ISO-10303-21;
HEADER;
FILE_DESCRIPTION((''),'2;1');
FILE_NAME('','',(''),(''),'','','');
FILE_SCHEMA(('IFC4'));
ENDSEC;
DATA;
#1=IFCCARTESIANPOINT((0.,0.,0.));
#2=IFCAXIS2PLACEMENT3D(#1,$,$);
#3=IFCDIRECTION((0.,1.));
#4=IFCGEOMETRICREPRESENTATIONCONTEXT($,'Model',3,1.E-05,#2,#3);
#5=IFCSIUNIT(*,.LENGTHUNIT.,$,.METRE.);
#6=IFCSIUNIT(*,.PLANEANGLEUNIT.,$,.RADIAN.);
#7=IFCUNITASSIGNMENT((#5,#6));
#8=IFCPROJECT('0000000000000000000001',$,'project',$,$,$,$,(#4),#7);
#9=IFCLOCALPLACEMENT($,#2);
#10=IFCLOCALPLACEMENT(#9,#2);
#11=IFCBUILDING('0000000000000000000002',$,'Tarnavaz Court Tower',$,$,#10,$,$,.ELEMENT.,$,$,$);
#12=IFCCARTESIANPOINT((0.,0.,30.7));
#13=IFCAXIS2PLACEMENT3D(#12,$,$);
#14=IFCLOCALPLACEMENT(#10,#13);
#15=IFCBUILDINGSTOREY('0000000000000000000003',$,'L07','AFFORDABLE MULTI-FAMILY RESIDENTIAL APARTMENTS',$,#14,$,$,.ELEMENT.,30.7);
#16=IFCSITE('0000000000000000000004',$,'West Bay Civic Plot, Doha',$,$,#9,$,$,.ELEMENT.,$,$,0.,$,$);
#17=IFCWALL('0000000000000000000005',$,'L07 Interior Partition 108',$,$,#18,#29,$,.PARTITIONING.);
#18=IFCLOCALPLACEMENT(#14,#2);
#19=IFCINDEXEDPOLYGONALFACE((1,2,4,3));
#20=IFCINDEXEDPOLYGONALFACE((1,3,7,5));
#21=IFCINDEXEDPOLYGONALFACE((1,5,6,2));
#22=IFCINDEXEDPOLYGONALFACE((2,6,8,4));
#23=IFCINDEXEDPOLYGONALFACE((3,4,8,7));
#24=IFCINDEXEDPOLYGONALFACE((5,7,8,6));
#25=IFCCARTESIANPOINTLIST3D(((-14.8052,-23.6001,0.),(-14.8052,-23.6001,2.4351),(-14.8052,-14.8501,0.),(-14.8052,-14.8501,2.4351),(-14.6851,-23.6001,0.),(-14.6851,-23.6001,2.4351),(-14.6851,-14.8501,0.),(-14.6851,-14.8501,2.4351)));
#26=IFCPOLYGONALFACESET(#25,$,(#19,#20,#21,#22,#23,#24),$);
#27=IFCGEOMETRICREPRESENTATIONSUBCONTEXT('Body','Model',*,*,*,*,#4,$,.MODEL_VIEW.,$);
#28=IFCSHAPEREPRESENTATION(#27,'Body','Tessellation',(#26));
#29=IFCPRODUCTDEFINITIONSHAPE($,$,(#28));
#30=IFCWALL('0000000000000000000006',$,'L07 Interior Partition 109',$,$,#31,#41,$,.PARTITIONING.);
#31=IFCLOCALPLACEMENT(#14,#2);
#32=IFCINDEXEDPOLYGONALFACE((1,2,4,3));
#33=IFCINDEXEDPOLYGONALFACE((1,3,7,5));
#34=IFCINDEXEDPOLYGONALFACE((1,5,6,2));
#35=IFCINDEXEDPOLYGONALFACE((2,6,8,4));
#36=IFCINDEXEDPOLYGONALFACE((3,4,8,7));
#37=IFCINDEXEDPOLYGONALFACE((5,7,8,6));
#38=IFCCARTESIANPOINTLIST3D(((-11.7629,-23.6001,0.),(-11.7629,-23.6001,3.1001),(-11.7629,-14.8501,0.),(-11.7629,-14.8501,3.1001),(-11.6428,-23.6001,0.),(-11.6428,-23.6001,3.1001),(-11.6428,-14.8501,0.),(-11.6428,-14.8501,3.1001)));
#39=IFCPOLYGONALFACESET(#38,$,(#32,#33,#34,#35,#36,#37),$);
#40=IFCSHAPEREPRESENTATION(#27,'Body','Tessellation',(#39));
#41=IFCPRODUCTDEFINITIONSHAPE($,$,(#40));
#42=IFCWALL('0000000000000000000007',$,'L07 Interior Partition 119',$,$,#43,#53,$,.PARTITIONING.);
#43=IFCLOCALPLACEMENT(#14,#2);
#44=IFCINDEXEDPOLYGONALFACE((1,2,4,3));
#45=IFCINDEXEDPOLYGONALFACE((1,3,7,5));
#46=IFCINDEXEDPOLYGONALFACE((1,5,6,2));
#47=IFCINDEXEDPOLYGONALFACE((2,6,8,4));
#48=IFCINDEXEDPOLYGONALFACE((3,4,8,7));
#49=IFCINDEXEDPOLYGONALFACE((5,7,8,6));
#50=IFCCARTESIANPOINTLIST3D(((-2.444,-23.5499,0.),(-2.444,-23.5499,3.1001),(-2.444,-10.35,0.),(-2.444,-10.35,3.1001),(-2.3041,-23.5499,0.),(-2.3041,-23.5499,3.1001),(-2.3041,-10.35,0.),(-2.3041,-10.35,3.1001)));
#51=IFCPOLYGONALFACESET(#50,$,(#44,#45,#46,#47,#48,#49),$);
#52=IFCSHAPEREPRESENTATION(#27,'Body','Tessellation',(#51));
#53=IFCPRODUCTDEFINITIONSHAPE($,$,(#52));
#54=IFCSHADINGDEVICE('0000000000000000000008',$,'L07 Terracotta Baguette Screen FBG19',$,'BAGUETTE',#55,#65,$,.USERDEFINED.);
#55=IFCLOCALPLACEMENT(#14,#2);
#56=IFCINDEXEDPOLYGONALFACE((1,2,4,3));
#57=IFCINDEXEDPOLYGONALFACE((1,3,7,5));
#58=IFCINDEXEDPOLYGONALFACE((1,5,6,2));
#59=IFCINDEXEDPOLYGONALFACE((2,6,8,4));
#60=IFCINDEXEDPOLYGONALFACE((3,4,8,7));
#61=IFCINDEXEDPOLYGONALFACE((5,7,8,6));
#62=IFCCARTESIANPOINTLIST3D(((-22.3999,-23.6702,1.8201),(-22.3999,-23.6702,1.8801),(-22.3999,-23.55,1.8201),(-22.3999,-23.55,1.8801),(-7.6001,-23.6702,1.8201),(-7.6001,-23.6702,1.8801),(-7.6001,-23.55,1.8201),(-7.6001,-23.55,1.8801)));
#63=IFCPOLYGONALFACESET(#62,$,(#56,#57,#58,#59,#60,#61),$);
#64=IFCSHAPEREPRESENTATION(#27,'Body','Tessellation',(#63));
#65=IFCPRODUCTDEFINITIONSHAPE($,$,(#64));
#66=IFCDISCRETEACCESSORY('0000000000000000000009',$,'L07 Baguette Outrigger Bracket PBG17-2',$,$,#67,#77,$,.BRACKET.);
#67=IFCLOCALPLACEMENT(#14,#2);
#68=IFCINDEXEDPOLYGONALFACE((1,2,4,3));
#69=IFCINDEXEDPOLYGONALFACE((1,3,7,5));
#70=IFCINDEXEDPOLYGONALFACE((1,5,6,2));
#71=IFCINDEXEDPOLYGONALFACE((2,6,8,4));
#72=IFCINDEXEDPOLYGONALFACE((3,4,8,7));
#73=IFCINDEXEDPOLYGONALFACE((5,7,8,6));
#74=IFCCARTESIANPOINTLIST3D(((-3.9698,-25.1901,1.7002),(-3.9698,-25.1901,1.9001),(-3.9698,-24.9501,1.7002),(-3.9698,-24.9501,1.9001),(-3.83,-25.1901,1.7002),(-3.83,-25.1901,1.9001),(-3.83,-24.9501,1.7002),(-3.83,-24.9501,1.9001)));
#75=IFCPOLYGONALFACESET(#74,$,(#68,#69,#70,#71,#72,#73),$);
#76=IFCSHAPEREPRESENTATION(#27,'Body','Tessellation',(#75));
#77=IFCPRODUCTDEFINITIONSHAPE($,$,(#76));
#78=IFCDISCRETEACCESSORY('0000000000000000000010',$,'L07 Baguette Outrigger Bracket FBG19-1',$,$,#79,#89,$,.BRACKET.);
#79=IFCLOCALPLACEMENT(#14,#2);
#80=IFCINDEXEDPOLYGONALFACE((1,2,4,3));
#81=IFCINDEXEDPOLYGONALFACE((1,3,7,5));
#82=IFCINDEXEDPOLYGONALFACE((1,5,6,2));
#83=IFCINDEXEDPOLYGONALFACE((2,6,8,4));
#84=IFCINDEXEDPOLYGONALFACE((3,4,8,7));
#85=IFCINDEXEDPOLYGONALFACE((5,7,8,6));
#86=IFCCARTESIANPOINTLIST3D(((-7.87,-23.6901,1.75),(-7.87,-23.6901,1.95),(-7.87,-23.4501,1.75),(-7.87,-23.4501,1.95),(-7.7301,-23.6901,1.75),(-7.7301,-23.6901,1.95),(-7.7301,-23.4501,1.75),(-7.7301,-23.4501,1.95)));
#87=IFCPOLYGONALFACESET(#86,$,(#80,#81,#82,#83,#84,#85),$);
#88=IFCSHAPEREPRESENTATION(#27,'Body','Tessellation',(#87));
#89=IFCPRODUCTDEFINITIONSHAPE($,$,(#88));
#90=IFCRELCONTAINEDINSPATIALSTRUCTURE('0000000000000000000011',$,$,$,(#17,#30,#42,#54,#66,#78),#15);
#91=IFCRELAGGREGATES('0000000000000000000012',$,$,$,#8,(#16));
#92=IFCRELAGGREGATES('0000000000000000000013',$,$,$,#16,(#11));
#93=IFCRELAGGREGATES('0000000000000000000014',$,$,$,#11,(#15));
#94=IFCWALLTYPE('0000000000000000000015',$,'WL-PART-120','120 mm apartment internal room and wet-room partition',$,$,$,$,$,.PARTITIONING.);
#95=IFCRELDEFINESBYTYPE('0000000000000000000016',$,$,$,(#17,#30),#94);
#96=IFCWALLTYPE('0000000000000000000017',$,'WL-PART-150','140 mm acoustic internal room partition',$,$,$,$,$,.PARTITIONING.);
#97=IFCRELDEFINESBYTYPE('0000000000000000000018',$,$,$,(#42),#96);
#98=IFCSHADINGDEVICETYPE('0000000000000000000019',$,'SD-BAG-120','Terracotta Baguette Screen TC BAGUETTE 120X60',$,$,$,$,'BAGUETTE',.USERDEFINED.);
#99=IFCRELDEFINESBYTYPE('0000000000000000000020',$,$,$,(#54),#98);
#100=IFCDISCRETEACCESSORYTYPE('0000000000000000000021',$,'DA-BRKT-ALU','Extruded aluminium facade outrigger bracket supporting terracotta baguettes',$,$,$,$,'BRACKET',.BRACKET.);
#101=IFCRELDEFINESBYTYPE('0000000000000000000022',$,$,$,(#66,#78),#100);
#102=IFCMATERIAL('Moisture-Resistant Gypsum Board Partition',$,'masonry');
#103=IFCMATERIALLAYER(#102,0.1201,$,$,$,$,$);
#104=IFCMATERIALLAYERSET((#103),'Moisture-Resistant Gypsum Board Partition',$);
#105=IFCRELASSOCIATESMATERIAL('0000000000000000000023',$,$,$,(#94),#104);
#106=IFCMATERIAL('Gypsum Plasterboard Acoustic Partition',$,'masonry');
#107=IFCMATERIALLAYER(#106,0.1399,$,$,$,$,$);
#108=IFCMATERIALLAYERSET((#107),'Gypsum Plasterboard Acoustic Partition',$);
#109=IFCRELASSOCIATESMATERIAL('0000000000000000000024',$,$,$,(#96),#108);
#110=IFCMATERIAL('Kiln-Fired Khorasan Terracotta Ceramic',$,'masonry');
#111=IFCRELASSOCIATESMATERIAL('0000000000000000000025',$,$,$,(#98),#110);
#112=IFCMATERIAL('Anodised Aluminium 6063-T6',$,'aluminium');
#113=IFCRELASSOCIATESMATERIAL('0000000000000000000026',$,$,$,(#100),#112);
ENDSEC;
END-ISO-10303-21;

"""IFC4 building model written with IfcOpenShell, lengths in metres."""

from ifc_helpers import new_model, si_unit, direction, frame, frame_2d, origin, origin_2d, place, context, subcontext, project, spatial, rectangle, extrude, material, layer, layer_set, material_profile, profile_set, type_object, element, save


model = new_model("IFC4")

# Units and contexts
model_context = context("Model", 3, precision=1e-05, world=origin(), true_north=direction((0.0, 1.0)))
body_context = subcontext(model_context, "Body", "Model", "MODEL_VIEW")
ifc_project = project(units=[si_unit("LENGTHUNIT", "METRE"), si_unit("PLANEANGLEUNIT", "RADIAN")], contexts=[model_context])

# Site, building, storey
site_placement = place(None, origin())
site = spatial("IfcSite", under=ifc_project, at=site_placement, Name="West Bay Civic Plot, Doha", CompositionType="ELEMENT", RefElevation=0.0)
building_placement = place(site_placement, origin())
building = spatial("IfcBuilding", under=site, at=building_placement, Name="Tarnavaz Court Tower", CompositionType="ELEMENT")
storey_placement = place(building_placement, frame((0.0, 0.0, 30.7)))
storey = spatial("IfcBuildingStorey", under=building, at=storey_placement, Name="L07", Description="AFFORDABLE MULTI-FAMILY RESIDENTIAL APARTMENTS", CompositionType="ELEMENT", Elevation=30.7)

# Shared definitions
ifc_material_1 = material(Name="Anodised Aluminium 6063-T6", Category="aluminium")

# Walls
ifc_material_2 = material(Name="Moisture-Resistant Gypsum Board Partition", Category="masonry")
ifc_layer_1 = layer(ifc_material_2, 0.1201)
ifc_layer_set_1 = layer_set([ifc_layer_1], Name="Moisture-Resistant Gypsum Board Partition")
wall_type_1 = type_object("IfcWallType", Name="WL-PART-120", Description="120 mm apartment internal room and wet-room partition", PredefinedType="PARTITIONING", material=ifc_layer_set_1)
wall_1_placement = place(storey_placement, frame((-14.7451, -23.6001, 0.0), z_axis=(0.0, 0.0, 1.0), x_axis=(0.0, 1.0, 0.0)))
element("IfcWall", 1, at=wall_1_placement, inside=storey, type_object=wall_type_1, Name="L07 Interior Partition 108", PredefinedType="PARTITIONING", context=body_context, shape_type="SweptSolid", body=[
    extrude(rectangle(XDim=8.75, YDim=0.1201, at=frame_2d((4.375, 0.0))), origin(), (0.0, 0.0, 1.0), 2.4351),
])
wall_2_placement = place(storey_placement, frame((-11.7029, -23.6001, 0.0), z_axis=(0.0, 0.0, 1.0), x_axis=(0.0, 1.0, 0.0)))
element("IfcWall", 2, at=wall_2_placement, inside=storey, type_object=wall_type_1, Name="L07 Interior Partition 109", PredefinedType="PARTITIONING", context=body_context, shape_type="SweptSolid", body=[
    extrude(rectangle(XDim=8.75, YDim=0.1201, at=frame_2d((4.375, 0.0))), origin(), (0.0, 0.0, 1.0), 3.1001),
])
ifc_material_3 = material(Name="Gypsum Plasterboard Acoustic Partition", Category="masonry")
ifc_layer_2 = layer(ifc_material_3, 0.1399)
ifc_layer_set_2 = layer_set([ifc_layer_2], Name="Gypsum Plasterboard Acoustic Partition")
wall_type_2 = type_object("IfcWallType", Name="WL-PART-150", Description="140 mm acoustic internal room partition", PredefinedType="PARTITIONING", material=ifc_layer_set_2)
wall_3_placement = place(storey_placement, frame((-2.374, -23.55, 0.0), z_axis=(0.0, 0.0, 1.0), x_axis=(0.0, 1.0, 0.0)))
element("IfcWall", 3, at=wall_3_placement, inside=storey, type_object=wall_type_2, Name="L07 Interior Partition 119", PredefinedType="PARTITIONING", context=body_context, shape_type="SweptSolid", body=[
    extrude(rectangle(XDim=13.2, YDim=0.1399, at=frame_2d((6.6001, 0.0))), origin(), (0.0, 0.0, 1.0), 3.1001),
])

# Shading device
ifc_material_4 = material(Name="Kiln-Fired Khorasan Terracotta Ceramic", Category="masonry")
ifc_material_profile_1 = material_profile(ifc_material_4, rectangle(XDim=0.1201, YDim=0.0601, at=origin_2d()), Name="TC BAGUETTE 120X60")
ifc_profile_set_1 = profile_set([ifc_material_profile_1], Name="Kiln-Fired Khorasan Terracotta Ceramic")
shading_device_type = type_object("IfcShadingDeviceType", Name="SD-BAG-120", Description="Terracotta Baguette Screen TC BAGUETTE 120X60", ElementType="BAGUETTE", PredefinedType="USERDEFINED", material=ifc_profile_set_1)
shading_device_placement = place(storey_placement, frame((-7.6001, -23.6101, 1.8501), z_axis=(-1.0, 0.0, 0.0), x_axis=(0.0, -1.0, 0.0)))
element("IfcShadingDevice", 4, at=shading_device_placement, inside=storey, type_object=shading_device_type, Name="L07 Terracotta Baguette Screen FBG19", ObjectType="BAGUETTE", PredefinedType="USERDEFINED", context=body_context, shape_type="SweptSolid", body=[
    extrude(rectangle(XDim=0.1201, YDim=0.0601, at=origin_2d()), origin(), (0.0, 0.0, 1.0), 14.7998),
])

# Discrete accessories
discrete_accessory_type = type_object("IfcDiscreteAccessoryType", Name="DA-BRKT-ALU", Description="Extruded aluminium facade outrigger bracket supporting terracotta baguettes", ElementType="BRACKET", PredefinedType="BRACKET", material=ifc_material_1)
for number, where, z_axis, x_axis, name in (
    (5, (-3.8999, -25.0701, 1.7002), (0.0, 0.0, 1.0), (-1.0, 0.0, 0.0), "L07 Baguette Outrigger Bracket PBG17-2"),
    (6, (-7.8, -23.5701, 1.75), (0.0, 0.0, 1.0), (-1.0, 0.0, 0.0), "L07 Baguette Outrigger Bracket FBG19-1"),
):
    element("IfcDiscreteAccessory", number, at=place(storey_placement, frame(where, z_axis=z_axis, x_axis=x_axis)), inside=storey, type_object=discrete_accessory_type, Name=name, PredefinedType="BRACKET", context=body_context, shape_type="SweptSolid", body=[
        extrude(rectangle(XDim=0.1399, YDim=0.24, at=origin_2d()), origin(), (0.0, 0.0, 1.0), 0.2),
    ])

save(model, "model.ifc")
